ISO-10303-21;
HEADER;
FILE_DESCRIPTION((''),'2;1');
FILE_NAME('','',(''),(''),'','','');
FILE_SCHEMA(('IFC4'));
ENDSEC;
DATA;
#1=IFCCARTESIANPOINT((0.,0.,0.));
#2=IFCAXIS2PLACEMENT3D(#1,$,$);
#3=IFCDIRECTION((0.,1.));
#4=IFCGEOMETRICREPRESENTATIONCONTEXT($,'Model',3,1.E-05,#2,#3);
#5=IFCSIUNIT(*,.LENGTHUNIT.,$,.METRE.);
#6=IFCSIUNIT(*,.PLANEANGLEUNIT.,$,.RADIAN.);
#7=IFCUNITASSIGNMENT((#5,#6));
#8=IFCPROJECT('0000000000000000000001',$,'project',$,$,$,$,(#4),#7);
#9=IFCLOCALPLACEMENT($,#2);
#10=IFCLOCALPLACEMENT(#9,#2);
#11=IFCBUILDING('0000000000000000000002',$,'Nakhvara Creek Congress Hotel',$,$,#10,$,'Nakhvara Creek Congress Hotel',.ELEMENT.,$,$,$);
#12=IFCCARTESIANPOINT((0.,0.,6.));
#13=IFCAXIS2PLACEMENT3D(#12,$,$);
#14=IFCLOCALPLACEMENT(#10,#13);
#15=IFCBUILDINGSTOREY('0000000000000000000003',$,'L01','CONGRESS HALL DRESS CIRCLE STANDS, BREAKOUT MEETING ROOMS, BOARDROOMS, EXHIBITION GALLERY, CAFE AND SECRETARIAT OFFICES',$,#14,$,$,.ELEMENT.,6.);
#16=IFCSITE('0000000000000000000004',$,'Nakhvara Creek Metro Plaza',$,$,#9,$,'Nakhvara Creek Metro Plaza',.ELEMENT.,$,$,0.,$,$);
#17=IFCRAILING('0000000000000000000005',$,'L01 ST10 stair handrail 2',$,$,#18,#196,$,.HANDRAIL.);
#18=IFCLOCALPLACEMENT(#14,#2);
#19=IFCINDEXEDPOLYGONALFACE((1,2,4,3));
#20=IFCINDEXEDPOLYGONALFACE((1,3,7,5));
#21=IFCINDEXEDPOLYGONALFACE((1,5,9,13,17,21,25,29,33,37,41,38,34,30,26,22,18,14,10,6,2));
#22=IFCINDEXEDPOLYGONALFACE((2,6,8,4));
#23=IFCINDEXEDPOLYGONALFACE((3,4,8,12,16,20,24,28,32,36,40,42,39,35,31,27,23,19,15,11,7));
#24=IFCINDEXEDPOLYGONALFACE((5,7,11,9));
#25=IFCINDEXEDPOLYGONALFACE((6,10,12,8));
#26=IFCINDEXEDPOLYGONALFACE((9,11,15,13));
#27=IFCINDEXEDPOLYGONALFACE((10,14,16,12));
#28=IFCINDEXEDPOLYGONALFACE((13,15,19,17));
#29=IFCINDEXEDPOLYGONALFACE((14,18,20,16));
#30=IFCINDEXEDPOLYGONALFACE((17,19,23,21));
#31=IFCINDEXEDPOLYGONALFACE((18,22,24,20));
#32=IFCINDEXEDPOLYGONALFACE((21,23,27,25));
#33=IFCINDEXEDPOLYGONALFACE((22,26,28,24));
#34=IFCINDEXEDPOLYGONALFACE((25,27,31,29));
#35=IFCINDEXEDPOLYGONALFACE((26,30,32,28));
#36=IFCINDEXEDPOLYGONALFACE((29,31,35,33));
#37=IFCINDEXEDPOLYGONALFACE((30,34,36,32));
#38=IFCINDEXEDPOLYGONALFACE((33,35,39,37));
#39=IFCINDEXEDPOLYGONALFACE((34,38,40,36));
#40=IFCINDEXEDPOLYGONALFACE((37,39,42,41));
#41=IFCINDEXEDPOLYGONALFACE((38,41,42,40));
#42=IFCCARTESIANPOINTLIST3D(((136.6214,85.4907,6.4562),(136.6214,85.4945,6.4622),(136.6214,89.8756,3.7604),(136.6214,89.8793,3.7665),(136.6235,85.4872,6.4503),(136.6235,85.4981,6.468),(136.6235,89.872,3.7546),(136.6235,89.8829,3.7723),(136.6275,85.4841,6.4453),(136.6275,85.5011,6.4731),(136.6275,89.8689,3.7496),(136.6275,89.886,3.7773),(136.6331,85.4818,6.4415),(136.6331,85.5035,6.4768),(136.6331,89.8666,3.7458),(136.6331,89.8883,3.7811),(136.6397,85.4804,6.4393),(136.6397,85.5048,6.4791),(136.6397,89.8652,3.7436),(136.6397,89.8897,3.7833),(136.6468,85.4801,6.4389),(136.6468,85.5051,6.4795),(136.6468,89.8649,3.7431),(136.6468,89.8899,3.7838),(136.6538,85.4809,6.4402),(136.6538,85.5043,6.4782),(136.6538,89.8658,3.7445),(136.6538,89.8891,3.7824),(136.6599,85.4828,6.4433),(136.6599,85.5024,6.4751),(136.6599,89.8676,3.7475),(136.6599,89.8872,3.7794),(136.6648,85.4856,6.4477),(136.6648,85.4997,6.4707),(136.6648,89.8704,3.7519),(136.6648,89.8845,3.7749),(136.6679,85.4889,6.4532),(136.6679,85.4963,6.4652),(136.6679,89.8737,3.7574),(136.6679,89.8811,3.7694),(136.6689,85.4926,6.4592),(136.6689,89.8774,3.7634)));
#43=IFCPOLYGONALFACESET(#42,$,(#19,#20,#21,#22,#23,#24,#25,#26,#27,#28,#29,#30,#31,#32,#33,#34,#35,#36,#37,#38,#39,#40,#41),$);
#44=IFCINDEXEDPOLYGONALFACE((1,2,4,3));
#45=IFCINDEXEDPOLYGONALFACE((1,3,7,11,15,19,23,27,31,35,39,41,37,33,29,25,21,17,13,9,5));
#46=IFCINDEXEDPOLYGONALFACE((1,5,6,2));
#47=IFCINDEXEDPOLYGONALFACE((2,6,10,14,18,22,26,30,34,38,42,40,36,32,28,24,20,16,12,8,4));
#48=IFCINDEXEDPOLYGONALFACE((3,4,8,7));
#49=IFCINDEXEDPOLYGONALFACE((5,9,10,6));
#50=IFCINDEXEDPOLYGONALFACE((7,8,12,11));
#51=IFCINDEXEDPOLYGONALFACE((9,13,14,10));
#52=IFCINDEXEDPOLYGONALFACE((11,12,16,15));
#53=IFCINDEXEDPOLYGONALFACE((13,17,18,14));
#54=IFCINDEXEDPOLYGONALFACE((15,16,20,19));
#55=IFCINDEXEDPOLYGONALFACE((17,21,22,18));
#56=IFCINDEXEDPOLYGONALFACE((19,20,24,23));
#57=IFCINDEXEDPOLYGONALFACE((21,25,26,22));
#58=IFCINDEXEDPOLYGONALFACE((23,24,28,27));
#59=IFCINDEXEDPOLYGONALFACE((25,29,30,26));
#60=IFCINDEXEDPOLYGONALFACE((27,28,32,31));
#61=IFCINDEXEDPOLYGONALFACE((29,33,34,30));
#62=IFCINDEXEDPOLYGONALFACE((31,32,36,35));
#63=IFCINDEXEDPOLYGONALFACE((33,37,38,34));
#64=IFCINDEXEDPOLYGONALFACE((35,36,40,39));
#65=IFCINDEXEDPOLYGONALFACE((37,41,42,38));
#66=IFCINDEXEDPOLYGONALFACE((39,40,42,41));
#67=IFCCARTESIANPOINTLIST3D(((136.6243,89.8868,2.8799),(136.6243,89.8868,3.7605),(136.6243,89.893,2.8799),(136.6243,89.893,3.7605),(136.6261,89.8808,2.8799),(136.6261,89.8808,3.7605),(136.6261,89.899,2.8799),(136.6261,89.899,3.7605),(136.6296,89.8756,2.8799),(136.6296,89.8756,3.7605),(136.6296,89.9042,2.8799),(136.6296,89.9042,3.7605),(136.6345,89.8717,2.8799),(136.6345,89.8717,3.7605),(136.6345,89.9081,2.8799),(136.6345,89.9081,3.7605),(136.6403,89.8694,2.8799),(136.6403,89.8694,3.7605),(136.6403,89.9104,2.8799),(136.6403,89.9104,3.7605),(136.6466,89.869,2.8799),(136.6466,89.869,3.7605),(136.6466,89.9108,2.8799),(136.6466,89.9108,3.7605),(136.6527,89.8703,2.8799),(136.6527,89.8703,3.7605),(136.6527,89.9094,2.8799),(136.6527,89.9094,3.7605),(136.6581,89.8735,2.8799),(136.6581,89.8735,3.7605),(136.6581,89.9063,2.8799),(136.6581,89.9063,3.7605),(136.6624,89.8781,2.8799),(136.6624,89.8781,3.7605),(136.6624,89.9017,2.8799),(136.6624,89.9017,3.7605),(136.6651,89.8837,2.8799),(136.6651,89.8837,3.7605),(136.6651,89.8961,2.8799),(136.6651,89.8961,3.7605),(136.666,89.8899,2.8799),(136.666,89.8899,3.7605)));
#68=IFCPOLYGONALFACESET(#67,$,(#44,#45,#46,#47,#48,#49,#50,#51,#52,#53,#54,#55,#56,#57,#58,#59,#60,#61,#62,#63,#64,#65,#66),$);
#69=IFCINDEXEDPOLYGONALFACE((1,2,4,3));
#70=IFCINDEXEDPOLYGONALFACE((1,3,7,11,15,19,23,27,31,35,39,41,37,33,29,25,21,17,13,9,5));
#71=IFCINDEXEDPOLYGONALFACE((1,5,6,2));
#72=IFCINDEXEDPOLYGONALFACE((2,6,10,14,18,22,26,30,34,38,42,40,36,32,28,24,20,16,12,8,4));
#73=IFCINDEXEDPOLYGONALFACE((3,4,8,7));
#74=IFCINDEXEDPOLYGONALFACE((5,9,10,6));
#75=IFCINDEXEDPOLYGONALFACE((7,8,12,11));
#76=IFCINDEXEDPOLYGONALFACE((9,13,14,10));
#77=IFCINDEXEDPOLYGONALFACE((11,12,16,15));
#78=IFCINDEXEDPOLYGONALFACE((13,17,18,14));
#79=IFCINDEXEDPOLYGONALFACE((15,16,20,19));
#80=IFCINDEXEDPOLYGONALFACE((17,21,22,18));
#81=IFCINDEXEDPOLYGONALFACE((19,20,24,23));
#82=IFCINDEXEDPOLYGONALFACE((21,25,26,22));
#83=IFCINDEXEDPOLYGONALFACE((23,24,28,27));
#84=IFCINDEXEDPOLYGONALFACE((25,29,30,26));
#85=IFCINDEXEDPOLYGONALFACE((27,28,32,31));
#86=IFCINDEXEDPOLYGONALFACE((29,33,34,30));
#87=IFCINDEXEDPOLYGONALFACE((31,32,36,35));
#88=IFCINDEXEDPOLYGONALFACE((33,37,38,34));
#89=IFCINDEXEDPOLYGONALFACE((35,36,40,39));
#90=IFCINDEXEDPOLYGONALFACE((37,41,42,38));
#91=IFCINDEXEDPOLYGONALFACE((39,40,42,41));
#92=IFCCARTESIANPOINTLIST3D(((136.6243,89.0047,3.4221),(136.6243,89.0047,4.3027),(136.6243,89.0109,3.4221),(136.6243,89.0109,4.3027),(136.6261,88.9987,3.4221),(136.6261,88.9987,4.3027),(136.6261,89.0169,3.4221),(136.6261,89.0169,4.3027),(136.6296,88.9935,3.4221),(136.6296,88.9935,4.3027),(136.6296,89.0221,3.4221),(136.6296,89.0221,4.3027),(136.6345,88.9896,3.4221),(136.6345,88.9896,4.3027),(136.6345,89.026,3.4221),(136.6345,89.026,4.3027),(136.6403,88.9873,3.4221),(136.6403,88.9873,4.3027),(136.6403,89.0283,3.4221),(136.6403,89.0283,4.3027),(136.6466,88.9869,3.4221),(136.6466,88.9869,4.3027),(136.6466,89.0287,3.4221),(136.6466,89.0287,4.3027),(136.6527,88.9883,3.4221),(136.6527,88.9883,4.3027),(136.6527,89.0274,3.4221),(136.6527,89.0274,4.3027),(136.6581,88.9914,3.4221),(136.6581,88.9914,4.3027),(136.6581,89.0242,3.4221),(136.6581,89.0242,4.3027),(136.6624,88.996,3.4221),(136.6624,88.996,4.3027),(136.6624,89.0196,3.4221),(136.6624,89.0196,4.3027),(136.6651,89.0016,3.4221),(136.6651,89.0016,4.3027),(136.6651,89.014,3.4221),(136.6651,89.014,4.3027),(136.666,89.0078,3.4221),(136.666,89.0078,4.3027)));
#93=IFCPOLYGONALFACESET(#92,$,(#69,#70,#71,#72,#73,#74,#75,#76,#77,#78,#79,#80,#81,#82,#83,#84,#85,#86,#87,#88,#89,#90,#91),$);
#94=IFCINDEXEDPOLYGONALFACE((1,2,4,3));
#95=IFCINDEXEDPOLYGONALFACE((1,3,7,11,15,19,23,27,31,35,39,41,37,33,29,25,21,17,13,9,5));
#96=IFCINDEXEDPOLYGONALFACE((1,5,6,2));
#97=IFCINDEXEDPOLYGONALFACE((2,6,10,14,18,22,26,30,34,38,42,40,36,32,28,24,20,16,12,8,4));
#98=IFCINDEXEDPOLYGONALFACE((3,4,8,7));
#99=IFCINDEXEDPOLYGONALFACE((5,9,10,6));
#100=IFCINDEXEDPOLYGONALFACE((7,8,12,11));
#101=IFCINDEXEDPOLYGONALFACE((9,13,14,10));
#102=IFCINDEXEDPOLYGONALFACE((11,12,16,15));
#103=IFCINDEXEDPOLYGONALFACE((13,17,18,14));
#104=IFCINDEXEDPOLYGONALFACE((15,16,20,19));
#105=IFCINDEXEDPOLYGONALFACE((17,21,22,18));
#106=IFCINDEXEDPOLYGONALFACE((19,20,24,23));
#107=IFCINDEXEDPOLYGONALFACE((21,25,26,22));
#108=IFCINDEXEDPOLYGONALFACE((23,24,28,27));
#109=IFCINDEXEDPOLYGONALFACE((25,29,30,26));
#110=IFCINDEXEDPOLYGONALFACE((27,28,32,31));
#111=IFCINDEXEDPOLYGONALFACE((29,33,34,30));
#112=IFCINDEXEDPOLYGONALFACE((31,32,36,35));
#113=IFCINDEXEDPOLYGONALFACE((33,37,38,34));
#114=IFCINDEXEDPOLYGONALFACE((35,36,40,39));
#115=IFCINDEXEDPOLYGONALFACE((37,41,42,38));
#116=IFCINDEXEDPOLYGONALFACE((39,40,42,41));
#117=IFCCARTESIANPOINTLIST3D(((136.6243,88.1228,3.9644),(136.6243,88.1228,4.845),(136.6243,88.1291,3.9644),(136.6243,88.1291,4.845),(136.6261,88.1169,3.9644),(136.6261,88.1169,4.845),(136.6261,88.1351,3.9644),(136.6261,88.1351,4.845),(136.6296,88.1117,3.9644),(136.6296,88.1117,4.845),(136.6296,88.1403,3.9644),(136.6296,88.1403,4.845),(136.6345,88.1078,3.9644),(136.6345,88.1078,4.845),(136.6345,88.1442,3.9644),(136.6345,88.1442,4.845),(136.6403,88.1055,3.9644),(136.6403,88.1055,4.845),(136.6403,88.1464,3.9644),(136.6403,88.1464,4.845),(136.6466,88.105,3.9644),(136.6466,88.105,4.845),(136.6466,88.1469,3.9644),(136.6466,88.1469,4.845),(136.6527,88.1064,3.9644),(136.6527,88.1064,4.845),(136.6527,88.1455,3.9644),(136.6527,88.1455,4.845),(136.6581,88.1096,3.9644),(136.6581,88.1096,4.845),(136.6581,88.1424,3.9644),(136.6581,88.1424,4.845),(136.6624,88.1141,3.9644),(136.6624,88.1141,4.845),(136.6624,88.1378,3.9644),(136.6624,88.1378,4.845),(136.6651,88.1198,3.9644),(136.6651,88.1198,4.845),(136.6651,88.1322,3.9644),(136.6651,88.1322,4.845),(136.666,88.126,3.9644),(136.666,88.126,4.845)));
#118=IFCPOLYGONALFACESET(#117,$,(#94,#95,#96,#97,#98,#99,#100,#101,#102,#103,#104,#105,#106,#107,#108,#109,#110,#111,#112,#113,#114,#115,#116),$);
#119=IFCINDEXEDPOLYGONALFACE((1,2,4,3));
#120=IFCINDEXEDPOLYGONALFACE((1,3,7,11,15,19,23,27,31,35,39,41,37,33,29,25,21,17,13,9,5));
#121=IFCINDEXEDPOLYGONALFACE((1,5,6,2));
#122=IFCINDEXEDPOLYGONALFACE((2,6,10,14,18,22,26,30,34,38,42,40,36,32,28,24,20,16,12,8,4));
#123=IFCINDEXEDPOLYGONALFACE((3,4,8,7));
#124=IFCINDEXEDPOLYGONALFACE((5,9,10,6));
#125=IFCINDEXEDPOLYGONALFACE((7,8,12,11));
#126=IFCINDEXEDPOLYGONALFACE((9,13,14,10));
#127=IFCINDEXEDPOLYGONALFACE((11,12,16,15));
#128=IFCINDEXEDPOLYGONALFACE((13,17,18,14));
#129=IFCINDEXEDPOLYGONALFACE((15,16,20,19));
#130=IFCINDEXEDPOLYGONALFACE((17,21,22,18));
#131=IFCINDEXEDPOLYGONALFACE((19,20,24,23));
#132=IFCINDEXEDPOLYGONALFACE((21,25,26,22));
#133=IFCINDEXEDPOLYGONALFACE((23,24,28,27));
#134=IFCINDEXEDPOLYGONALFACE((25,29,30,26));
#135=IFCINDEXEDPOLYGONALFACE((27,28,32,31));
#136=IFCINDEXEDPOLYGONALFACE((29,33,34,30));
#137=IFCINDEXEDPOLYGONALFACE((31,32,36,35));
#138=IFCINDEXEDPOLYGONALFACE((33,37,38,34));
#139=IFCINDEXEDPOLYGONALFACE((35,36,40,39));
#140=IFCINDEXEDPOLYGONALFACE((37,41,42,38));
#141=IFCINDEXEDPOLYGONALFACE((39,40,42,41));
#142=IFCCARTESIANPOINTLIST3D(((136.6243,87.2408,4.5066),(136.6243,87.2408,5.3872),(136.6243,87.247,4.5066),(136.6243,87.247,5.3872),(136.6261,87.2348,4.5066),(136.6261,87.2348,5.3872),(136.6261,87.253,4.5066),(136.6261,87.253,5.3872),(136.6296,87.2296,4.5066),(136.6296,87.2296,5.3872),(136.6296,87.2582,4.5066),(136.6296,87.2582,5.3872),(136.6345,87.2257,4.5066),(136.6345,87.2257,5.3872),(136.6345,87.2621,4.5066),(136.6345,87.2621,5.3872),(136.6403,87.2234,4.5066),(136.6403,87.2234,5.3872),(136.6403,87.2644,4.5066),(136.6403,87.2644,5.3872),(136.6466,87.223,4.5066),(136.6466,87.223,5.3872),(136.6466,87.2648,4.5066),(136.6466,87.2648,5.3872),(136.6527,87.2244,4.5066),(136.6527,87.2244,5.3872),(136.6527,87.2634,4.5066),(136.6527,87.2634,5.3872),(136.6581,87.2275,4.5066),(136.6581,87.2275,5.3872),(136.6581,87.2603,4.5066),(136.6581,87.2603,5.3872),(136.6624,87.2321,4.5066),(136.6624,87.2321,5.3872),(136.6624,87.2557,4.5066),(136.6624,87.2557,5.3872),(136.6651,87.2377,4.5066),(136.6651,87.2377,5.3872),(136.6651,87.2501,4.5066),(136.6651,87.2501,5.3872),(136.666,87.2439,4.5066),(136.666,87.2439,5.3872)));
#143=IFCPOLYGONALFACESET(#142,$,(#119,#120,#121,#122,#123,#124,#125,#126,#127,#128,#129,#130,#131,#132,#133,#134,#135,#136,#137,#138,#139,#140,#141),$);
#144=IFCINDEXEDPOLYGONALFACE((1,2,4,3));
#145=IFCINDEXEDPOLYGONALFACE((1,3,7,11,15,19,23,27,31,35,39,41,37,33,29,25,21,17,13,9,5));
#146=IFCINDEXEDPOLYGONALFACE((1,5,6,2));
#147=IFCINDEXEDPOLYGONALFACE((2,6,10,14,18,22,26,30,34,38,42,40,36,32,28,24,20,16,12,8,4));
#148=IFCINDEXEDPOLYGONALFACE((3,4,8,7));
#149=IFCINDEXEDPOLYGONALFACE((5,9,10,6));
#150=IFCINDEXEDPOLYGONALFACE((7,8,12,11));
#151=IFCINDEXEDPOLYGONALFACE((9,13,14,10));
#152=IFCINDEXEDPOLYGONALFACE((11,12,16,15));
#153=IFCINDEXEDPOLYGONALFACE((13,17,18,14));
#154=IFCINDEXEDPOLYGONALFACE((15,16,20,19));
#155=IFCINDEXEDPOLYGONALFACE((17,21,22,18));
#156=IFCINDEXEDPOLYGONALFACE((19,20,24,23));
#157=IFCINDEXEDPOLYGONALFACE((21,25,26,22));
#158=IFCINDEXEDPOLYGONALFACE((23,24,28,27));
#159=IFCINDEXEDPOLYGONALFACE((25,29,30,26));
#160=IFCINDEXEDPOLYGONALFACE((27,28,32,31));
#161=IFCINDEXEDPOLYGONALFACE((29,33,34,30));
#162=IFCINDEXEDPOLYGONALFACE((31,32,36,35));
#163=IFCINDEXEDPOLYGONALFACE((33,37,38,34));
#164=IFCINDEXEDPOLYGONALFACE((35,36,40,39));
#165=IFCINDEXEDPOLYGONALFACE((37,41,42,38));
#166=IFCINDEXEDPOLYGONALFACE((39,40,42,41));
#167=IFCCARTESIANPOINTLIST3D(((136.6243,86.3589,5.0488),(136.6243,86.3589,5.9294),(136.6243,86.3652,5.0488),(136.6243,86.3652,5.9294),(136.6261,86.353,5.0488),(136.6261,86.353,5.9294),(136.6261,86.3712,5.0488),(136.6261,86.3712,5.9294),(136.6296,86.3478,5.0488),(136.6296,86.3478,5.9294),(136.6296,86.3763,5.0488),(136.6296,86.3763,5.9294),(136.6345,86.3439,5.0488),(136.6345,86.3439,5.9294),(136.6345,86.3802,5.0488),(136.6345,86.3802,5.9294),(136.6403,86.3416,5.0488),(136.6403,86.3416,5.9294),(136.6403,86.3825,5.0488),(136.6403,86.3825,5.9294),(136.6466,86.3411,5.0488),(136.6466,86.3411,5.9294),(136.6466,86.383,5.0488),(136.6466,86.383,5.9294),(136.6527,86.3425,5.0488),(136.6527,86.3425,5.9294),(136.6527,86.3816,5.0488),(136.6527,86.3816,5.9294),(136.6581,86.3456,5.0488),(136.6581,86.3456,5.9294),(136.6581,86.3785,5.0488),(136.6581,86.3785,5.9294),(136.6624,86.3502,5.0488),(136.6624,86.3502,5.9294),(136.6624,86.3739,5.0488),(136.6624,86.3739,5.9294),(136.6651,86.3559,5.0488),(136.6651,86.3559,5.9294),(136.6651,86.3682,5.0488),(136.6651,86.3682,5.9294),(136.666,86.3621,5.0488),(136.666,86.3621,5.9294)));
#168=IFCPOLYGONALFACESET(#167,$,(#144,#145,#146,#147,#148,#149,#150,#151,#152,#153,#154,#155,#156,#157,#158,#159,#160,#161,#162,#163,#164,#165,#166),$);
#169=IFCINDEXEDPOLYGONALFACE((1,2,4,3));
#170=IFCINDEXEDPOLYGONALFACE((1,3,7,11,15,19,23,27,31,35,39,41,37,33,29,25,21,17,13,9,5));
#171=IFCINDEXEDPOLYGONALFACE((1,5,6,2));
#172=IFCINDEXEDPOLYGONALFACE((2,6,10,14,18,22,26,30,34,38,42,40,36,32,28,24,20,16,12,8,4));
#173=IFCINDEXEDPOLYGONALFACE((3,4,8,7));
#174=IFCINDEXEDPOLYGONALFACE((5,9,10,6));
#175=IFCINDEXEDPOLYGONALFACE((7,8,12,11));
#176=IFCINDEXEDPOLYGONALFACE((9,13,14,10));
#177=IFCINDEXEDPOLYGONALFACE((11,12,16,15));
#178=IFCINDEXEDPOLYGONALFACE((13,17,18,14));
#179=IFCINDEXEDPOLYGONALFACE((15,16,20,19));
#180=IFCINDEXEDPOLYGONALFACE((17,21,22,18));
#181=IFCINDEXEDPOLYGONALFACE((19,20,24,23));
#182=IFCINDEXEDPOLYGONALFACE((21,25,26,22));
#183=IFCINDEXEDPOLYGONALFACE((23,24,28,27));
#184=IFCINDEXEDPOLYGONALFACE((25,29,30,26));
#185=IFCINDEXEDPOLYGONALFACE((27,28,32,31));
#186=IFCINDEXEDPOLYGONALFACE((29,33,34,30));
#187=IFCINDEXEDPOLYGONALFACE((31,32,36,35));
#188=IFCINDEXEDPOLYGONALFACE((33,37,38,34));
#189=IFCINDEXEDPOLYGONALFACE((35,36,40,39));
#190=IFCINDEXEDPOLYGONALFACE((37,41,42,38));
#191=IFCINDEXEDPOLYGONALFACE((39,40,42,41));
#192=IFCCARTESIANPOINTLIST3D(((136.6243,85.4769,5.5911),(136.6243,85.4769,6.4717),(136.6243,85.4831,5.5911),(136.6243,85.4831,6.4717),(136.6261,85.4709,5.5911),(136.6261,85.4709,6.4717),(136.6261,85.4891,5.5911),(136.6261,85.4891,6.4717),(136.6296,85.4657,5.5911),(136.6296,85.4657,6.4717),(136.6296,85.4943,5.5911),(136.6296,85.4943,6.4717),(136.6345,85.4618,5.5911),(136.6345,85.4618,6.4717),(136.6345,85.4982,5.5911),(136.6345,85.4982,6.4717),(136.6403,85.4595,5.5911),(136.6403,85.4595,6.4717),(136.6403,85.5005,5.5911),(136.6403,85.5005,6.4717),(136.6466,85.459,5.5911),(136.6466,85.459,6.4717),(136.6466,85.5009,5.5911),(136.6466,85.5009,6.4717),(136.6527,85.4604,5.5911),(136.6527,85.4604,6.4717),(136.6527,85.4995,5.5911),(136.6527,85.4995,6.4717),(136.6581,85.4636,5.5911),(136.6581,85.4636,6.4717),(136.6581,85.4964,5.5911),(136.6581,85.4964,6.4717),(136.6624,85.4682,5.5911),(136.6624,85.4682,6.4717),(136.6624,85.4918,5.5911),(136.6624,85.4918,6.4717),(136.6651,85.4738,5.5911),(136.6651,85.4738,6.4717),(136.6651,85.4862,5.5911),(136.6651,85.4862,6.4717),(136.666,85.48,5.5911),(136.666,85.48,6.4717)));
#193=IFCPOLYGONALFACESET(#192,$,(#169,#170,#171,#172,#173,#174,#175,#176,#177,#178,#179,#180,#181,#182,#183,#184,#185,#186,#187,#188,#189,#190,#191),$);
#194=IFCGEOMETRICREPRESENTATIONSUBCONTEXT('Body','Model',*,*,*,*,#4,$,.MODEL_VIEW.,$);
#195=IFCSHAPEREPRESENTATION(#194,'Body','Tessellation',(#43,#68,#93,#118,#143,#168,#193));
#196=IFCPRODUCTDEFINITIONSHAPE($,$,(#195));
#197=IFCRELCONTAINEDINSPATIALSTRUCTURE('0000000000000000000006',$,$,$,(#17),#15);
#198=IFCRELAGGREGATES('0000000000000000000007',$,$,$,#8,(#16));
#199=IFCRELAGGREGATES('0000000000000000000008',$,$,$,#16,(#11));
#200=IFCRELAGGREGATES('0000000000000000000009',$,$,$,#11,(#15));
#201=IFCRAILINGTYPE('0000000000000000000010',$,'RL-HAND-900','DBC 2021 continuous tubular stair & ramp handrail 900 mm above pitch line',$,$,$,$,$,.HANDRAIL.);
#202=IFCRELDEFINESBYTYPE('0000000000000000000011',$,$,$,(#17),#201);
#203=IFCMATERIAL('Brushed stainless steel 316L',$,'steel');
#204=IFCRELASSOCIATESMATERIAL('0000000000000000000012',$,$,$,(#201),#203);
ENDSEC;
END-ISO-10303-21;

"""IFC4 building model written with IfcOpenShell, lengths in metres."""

from ifc_helpers import new_model, si_unit, direction, frame, origin, origin_2d, place, context, subcontext, project, spatial, circle, extrude, material, type_object, element, save


model = new_model("IFC4")

# Units and contexts
model_context = context("Model", 3, precision=1e-05, world=origin(), true_north=direction((0.0, 1.0)))
body_context = subcontext(model_context, "Body", "Model", "MODEL_VIEW")
ifc_project = project(units=[si_unit("LENGTHUNIT", "METRE"), si_unit("PLANEANGLEUNIT", "RADIAN")], contexts=[model_context])

# Site, building, storey
site_placement = place(None, origin())
site = spatial("IfcSite", under=ifc_project, at=site_placement, Name="Nakhvara Creek Metro Plaza", LongName="Nakhvara Creek Metro Plaza", CompositionType="ELEMENT", RefElevation=0.0)
building_placement = place(site_placement, origin())
building = spatial("IfcBuilding", under=site, at=building_placement, Name="Nakhvara Creek Congress Hotel", LongName="Nakhvara Creek Congress Hotel", CompositionType="ELEMENT")
storey_placement = place(building_placement, frame((0.0, 0.0, 6.0)))
storey = spatial("IfcBuildingStorey", under=building, at=storey_placement, Name="L01", Description="CONGRESS HALL DRESS CIRCLE STANDS, BREAKOUT MEETING ROOMS, BOARDROOMS, EXHIBITION GALLERY, CAFE AND SECRETARIAT OFFICES", CompositionType="ELEMENT", Elevation=6.0)

# Railing
ifc_material_1 = material(Name="Brushed stainless steel 316L", Category="steel")
railing_type_1 = type_object("IfcRailingType", Name="RL-HAND-900", Description="DBC 2021 continuous tubular stair & ramp handrail 900 mm above pitch line", PredefinedType="HANDRAIL", material=ifc_material_1)
railing_1_placement = place(storey_placement, frame((136.645, 89.8899, 2.8799)))
element("IfcRailing", 1, at=railing_1_placement, inside=storey, type_object=railing_type_1, Name="L01 ST10 stair handrail 2", PredefinedType="HANDRAIL", context=body_context, shape_type="SweptSolid", body=[
    extrude(circle(Radius=0.0239, at=origin_2d()), frame((0.0, -0.0125, 0.8835), z_axis=(0.0, -0.851883, 0.523732), x_axis=(1.0, 0.0, 0.0)), (0.0, 0.0, 1.0), 5.1472),
    extrude(circle(Radius=0.021, at=origin_2d()), origin(), (0.0, 0.0, 1.0), 0.8806),
    extrude(circle(Radius=0.021, at=origin_2d()), frame((0.0, -0.8821, 0.5422)), (0.0, 0.0, 1.0), 0.8806),
    extrude(circle(Radius=0.021, at=origin_2d()), frame((0.0, -1.7639, 1.0845)), (0.0, 0.0, 1.0), 0.8806),
    extrude(circle(Radius=0.021, at=origin_2d()), frame((0.0, -2.646, 1.6267)), (0.0, 0.0, 1.0), 0.8806),
    extrude(circle(Radius=0.021, at=origin_2d()), frame((0.0, -3.5278, 2.1689)), (0.0, 0.0, 1.0), 0.8806),
    extrude(circle(Radius=0.021, at=origin_2d()), frame((0.0, -4.4099, 2.7112)), (0.0, 0.0, 1.0), 0.8806),
])

save(model, "model.ifc")
